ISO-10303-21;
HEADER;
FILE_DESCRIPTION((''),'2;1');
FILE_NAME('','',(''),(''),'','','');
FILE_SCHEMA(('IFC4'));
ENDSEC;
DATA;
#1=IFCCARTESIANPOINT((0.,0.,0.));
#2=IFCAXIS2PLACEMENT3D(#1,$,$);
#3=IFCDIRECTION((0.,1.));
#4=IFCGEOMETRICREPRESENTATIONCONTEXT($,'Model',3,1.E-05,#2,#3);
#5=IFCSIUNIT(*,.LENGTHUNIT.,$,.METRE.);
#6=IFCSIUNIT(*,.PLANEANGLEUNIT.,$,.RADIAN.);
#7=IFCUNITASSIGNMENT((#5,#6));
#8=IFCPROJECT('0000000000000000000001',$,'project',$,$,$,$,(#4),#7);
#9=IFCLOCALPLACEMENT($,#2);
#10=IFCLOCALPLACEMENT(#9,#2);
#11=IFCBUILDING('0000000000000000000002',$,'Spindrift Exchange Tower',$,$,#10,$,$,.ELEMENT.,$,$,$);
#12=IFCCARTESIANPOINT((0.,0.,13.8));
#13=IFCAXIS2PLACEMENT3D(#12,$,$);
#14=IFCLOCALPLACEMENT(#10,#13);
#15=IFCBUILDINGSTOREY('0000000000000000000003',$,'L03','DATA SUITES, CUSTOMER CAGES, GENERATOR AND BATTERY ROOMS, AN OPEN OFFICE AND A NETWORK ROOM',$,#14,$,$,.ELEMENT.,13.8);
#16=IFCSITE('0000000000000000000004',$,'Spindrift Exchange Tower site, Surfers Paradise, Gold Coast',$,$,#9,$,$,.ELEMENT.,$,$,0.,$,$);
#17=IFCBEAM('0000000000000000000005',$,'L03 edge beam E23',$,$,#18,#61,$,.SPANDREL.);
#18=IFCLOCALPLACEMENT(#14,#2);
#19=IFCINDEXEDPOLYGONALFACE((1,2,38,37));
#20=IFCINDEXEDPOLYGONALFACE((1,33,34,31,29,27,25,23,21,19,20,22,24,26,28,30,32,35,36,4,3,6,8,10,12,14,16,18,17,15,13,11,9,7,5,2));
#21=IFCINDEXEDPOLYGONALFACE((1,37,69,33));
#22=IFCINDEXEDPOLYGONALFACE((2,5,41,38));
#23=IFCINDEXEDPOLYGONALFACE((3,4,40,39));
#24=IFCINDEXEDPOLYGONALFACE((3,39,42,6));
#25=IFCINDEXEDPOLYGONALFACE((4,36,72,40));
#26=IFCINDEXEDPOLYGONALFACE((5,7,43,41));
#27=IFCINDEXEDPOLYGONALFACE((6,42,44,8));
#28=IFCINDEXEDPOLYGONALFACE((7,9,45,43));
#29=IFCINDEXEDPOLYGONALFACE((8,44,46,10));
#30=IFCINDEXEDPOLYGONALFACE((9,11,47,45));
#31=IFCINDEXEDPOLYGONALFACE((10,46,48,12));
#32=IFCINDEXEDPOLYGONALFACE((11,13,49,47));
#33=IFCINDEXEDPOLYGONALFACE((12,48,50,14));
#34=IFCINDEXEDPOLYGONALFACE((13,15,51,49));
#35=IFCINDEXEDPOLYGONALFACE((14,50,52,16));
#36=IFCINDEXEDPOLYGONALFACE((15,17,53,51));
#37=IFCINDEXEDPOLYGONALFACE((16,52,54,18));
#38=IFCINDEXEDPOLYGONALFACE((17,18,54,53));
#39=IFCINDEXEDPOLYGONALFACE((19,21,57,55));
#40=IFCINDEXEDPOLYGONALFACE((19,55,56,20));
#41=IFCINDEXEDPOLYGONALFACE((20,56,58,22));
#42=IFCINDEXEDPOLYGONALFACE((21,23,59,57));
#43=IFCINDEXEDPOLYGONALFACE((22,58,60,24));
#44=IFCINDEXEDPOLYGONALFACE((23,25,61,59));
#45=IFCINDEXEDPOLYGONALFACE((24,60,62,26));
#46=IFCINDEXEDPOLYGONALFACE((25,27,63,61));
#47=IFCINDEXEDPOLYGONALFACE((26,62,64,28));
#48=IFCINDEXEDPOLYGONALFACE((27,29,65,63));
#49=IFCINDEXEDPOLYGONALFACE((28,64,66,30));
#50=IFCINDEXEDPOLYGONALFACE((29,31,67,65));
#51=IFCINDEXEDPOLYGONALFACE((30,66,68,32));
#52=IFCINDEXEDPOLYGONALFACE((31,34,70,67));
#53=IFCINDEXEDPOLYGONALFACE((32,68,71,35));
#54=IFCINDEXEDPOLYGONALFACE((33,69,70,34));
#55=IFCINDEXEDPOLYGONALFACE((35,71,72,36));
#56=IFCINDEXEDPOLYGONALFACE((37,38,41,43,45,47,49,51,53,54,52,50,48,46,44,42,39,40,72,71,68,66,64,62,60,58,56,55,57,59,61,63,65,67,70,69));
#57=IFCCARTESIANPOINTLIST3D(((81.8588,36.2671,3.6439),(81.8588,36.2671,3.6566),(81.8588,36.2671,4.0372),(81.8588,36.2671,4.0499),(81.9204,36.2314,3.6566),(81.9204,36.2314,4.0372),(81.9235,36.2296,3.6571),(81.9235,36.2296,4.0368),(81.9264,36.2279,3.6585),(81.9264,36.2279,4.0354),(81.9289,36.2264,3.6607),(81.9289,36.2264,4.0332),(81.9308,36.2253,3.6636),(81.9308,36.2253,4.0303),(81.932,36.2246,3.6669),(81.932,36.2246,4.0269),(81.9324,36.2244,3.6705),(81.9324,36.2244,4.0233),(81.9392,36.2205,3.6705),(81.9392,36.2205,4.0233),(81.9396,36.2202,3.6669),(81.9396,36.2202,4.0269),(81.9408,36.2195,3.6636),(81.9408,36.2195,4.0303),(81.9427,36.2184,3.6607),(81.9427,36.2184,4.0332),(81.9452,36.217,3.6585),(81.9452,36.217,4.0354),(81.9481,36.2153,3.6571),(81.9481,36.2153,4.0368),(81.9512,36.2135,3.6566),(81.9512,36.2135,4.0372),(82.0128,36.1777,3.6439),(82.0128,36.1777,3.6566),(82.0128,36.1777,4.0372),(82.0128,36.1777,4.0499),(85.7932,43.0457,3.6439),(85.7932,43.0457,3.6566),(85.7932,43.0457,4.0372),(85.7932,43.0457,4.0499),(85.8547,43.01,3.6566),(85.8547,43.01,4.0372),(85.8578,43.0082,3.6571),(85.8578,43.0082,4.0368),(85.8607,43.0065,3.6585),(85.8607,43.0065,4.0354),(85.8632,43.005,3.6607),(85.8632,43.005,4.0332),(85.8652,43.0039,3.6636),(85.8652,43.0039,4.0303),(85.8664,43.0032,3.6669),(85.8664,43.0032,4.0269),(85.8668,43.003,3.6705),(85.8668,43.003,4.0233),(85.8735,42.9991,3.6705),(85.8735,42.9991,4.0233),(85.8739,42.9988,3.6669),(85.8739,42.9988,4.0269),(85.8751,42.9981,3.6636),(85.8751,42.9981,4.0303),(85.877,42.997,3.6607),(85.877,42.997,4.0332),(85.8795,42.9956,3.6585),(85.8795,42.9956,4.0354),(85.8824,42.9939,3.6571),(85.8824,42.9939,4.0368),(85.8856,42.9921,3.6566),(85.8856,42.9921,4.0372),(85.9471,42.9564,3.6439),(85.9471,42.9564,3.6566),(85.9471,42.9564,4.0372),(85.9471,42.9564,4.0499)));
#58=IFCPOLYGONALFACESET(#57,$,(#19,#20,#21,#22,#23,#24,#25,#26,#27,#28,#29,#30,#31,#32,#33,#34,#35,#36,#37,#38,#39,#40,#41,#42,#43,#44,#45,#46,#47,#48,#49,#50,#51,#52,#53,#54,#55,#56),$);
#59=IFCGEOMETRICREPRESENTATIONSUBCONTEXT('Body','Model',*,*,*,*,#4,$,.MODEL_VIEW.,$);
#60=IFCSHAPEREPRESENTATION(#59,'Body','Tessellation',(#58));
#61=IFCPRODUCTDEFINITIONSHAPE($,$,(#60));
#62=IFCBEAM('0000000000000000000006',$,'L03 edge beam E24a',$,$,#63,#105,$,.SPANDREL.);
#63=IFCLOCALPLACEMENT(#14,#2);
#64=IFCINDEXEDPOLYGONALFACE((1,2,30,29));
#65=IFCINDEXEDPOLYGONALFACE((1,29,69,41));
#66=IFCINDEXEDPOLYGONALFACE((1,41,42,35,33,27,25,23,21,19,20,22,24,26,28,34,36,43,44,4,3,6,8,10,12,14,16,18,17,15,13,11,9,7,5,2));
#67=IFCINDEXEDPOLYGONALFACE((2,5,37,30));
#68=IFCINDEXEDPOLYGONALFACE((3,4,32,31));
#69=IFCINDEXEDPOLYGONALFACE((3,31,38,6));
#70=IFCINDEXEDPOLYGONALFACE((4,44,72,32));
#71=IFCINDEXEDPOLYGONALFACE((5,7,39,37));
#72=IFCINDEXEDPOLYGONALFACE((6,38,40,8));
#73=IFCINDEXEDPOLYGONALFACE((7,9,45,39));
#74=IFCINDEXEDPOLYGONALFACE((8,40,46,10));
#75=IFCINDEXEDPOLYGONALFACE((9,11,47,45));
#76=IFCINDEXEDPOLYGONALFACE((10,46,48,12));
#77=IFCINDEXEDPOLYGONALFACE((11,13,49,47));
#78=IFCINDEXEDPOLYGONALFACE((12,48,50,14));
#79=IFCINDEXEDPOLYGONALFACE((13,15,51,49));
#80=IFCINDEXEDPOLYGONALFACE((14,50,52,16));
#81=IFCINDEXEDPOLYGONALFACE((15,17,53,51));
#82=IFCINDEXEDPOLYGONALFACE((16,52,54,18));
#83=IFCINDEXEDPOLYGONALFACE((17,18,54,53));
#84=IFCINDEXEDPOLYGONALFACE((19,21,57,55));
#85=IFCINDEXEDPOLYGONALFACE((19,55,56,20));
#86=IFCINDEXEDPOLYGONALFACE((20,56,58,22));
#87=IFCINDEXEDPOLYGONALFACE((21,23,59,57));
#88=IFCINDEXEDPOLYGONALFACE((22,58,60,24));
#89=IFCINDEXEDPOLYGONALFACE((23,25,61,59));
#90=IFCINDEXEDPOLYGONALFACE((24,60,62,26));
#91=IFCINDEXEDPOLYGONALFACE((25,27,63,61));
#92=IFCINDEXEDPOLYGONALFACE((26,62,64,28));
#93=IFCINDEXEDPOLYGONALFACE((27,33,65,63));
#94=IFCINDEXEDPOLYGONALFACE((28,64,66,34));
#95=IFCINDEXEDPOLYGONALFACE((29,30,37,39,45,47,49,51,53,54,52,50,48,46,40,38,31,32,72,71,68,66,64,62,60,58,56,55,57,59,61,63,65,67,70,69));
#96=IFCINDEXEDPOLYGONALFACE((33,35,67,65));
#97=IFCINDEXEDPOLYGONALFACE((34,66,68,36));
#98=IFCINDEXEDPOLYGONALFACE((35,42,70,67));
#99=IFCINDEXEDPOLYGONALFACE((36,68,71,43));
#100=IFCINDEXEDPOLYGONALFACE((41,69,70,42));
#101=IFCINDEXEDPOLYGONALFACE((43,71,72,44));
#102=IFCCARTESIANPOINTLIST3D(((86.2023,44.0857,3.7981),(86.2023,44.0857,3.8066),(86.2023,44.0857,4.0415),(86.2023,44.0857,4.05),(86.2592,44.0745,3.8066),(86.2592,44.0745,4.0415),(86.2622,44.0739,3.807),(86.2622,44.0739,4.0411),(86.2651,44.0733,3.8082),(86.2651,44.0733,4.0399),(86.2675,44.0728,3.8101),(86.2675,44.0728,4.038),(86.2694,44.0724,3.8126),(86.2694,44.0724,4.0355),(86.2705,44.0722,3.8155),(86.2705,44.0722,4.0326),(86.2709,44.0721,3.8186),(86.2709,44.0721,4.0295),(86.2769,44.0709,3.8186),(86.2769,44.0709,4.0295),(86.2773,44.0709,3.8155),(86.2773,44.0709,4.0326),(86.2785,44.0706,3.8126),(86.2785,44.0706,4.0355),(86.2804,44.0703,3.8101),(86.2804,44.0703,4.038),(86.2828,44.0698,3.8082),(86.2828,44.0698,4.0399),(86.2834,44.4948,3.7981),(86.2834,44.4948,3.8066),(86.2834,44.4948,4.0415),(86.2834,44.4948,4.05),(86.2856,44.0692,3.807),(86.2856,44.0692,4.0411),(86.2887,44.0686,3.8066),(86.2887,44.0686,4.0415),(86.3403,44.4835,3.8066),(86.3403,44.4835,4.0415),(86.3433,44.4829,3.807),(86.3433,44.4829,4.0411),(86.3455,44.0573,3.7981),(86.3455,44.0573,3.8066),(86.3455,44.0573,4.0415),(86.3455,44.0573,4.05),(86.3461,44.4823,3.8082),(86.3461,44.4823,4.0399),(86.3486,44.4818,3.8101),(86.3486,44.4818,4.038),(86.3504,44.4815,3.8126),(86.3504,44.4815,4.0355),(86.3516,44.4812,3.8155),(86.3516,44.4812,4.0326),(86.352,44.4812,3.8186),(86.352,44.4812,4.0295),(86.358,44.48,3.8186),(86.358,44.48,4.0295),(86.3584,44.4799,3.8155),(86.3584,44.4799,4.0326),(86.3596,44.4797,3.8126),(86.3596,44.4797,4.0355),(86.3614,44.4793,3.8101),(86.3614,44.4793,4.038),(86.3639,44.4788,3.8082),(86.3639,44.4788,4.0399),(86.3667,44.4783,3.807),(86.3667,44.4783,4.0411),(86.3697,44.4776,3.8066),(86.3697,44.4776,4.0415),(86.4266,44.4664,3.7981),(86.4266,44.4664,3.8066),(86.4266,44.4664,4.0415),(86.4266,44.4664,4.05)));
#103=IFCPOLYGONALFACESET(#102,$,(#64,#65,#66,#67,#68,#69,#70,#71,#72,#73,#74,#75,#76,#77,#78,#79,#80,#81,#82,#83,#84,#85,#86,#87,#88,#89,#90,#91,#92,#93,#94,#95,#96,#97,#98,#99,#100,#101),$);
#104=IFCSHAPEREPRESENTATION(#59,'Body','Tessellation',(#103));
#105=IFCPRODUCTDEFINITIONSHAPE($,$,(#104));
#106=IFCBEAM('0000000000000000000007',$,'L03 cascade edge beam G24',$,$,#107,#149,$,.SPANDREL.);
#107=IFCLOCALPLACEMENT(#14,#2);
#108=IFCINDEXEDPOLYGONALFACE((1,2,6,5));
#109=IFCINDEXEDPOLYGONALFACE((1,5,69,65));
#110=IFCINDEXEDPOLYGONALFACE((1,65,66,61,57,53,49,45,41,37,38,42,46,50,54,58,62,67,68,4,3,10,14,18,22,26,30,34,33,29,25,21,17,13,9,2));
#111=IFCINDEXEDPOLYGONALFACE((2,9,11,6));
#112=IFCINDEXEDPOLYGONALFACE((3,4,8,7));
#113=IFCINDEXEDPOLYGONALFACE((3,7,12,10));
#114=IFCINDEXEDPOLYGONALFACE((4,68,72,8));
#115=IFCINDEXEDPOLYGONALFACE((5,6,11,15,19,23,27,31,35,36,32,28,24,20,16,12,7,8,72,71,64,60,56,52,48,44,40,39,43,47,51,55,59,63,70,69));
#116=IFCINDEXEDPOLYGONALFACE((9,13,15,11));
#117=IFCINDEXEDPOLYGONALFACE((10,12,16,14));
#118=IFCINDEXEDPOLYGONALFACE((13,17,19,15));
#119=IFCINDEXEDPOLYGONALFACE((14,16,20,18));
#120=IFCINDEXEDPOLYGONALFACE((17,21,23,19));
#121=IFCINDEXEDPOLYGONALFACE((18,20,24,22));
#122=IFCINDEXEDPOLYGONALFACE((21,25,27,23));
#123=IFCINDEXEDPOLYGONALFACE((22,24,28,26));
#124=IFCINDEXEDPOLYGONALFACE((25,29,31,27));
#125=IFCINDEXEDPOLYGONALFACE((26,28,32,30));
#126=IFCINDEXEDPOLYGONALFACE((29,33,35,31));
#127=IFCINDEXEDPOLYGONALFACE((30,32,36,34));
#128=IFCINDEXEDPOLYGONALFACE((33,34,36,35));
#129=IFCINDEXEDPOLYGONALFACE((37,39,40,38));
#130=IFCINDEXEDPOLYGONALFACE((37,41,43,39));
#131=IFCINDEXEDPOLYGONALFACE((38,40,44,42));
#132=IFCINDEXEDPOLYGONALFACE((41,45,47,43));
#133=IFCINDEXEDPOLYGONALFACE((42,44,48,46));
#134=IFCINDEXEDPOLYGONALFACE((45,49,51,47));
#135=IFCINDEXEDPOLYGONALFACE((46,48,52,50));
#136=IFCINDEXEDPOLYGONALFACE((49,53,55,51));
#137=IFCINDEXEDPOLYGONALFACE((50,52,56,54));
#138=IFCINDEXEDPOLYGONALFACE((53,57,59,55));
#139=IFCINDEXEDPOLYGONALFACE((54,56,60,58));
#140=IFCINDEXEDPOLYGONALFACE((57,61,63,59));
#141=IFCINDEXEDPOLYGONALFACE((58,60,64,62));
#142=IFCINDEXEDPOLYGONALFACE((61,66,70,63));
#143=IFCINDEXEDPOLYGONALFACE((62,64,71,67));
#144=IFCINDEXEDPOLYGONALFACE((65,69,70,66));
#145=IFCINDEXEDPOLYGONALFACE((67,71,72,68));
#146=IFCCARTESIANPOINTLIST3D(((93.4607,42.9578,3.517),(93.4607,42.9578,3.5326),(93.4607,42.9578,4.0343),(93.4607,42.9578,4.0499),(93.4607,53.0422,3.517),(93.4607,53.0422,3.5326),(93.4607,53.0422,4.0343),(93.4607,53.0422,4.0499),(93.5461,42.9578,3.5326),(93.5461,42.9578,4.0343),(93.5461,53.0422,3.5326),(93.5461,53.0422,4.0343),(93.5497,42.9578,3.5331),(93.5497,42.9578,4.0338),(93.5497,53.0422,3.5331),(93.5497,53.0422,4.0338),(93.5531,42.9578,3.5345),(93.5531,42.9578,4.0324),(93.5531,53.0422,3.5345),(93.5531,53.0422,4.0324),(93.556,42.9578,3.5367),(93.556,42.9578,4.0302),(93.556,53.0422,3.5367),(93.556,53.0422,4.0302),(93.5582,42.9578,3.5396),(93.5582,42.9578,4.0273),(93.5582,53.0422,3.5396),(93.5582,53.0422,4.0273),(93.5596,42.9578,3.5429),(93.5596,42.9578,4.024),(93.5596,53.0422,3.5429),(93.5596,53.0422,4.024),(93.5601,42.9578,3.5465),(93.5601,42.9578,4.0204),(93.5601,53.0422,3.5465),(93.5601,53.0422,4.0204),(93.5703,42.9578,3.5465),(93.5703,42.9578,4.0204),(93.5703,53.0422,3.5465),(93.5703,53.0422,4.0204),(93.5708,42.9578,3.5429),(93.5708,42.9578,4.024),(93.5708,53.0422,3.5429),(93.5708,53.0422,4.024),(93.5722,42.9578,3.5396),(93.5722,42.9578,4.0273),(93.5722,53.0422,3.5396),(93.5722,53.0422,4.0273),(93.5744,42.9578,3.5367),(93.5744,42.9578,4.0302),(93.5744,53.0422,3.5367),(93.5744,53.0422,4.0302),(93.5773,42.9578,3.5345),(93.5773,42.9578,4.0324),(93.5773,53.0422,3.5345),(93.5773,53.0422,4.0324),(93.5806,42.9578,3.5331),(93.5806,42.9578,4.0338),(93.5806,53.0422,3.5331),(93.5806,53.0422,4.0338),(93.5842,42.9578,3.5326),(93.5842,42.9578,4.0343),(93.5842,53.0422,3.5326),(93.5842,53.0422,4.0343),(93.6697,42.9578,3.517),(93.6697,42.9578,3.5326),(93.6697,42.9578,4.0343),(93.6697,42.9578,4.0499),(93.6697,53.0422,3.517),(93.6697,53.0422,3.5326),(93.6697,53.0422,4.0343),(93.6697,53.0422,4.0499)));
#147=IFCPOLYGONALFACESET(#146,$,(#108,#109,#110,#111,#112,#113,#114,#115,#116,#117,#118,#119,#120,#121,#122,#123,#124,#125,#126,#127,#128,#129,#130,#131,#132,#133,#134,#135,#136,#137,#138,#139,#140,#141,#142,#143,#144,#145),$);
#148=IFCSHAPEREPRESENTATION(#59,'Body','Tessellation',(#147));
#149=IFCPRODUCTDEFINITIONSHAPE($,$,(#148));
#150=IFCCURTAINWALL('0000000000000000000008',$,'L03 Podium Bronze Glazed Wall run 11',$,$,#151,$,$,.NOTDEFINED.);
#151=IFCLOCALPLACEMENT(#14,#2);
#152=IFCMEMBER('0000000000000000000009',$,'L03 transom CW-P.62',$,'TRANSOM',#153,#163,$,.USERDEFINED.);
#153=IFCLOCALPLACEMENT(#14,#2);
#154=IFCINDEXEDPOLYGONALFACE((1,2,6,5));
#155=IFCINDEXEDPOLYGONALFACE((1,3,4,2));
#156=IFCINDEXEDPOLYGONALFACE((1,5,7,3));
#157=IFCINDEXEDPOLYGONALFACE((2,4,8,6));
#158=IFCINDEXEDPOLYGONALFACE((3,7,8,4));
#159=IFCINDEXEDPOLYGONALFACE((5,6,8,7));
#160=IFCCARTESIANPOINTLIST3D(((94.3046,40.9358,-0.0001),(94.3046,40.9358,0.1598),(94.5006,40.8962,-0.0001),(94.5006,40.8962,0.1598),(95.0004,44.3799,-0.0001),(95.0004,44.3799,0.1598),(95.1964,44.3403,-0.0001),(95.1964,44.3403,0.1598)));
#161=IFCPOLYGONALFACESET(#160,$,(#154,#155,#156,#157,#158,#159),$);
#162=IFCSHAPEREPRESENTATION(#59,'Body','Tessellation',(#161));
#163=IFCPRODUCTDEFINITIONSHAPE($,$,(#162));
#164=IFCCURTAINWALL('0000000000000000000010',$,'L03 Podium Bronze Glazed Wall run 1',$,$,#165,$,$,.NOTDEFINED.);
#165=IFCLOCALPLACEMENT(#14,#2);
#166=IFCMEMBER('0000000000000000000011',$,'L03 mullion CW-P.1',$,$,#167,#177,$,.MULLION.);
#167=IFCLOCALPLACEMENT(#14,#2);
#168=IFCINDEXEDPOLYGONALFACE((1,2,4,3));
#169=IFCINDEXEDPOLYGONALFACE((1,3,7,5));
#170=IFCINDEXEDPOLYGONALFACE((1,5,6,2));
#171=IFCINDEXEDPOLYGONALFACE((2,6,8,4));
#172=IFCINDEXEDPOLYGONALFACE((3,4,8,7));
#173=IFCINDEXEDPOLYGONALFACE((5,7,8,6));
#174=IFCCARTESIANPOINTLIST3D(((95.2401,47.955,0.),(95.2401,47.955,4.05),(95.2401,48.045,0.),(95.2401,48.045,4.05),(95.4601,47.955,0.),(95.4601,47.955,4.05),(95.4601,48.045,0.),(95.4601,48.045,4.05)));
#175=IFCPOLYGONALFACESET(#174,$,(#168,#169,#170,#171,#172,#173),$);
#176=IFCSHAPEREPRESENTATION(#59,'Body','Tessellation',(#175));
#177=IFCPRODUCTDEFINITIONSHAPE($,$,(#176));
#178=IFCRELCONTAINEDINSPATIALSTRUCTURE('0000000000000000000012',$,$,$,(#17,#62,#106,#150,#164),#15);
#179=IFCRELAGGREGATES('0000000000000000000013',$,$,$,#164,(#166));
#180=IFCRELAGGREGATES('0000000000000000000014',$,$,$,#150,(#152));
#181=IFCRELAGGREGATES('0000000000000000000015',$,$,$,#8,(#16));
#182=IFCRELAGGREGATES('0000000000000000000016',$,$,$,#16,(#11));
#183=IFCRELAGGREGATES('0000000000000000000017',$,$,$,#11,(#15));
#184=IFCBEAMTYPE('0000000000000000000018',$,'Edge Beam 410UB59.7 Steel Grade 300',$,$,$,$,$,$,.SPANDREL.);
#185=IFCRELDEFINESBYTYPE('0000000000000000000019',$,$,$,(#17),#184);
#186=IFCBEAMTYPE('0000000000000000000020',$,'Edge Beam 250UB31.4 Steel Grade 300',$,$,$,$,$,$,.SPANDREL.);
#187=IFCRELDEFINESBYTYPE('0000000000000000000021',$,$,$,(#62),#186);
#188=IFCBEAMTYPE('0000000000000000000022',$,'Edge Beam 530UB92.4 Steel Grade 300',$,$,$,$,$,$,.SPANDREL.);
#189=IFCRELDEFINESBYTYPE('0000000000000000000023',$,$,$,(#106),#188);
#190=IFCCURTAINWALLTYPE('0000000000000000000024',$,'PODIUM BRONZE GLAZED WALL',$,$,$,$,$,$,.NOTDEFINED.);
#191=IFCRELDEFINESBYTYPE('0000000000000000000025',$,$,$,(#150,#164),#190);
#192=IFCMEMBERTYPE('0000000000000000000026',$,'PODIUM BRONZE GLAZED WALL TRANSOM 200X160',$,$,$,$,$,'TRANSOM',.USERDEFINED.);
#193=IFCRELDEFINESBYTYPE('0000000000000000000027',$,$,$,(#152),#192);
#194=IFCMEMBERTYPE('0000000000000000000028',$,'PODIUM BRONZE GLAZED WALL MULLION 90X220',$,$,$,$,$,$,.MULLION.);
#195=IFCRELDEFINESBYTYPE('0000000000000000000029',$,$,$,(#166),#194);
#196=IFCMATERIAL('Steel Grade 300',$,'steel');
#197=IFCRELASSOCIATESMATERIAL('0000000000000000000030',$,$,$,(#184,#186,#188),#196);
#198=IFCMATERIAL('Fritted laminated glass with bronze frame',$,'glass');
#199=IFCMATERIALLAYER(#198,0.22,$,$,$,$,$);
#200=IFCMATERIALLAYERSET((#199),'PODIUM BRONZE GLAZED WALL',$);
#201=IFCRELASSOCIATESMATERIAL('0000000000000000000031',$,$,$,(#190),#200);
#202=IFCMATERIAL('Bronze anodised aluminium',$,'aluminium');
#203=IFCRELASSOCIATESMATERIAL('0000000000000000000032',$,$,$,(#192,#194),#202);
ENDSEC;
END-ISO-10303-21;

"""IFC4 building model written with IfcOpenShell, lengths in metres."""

from ifc_helpers import new_model, si_unit, direction, frame, origin, origin_2d, place, context, subcontext, project, spatial, rectangle, i_section, extrude, source, transform, mapped, material, layer, layer_set, material_profile, profile_set, type_object, element, aggregate, save


model = new_model("IFC4")

# Units and contexts
model_context = context("Model", 3, precision=1e-05, world=origin(), true_north=direction((0.0, 1.0)))
body_context = subcontext(model_context, "Body", "Model", "MODEL_VIEW")
ifc_project = project(units=[si_unit("LENGTHUNIT", "METRE"), si_unit("PLANEANGLEUNIT", "RADIAN")], contexts=[model_context])

# Site, building, storey
site_placement = place(None, origin())
site = spatial("IfcSite", under=ifc_project, at=site_placement, Name="Spindrift Exchange Tower site, Surfers Paradise, Gold Coast", CompositionType="ELEMENT", RefElevation=0.0)
building_placement = place(site_placement, origin())
building = spatial("IfcBuilding", under=site, at=building_placement, Name="Spindrift Exchange Tower", CompositionType="ELEMENT")
storey_placement = place(building_placement, frame((0.0, 0.0, 13.8)))
storey = spatial("IfcBuildingStorey", under=building, at=storey_placement, Name="L03", Description="DATA SUITES, CUSTOMER CAGES, GENERATOR AND BATTERY ROOMS, AN OPEN OFFICE AND A NETWORK ROOM", CompositionType="ELEMENT", Elevation=13.8)

# Beams
ifc_material_1 = material(Name="Steel Grade 300", Category="steel")
ifc_material_profile_1 = material_profile(ifc_material_1, i_section(OverallWidth=0.178, OverallDepth=0.406, WebThickness=0.0078, FlangeThickness=0.0127, FilletRadius=0.0139, at=origin_2d()), Name="410UB59.7")
ifc_profile_set_1 = profile_set([ifc_material_profile_1], Name="Steel Grade 300")
beam_type_1 = type_object("IfcBeamType", Name="Edge Beam 410UB59.7 Steel Grade 300", PredefinedType="SPANDREL", material=ifc_profile_set_1)
shared_shape_1 = source(origin(), body_context, "Body", "SweptSolid", [
    extrude(i_section(OverallWidth=0.178, OverallDepth=0.406, WebThickness=0.0078, FlangeThickness=0.0127, FilletRadius=0.0139, at=origin_2d()), origin(), (0.0, 0.0, 1.0), 7.8376),
])
beam_1_placement = place(storey_placement, frame((81.9358, 36.2224, 3.8469), z_axis=(0.501981, 0.864878, 0.0), x_axis=(-0.864878, 0.501981, 0.0)))
element("IfcBeam", 1, at=beam_1_placement, inside=storey, type_object=beam_type_1, Name="L03 edge beam E23", PredefinedType="SPANDREL", context=body_context, shape_type="MappedRepresentation", body=[
    mapped(shared_shape_1, transform((0.0, 0.0, 0.0), scale=1.0)),
])
ifc_material_profile_2 = material_profile(ifc_material_1, i_section(OverallWidth=0.146, OverallDepth=0.252, WebThickness=0.0061, FlangeThickness=0.0085, FilletRadius=0.012, at=origin_2d()), Name="250UB31.4")
ifc_profile_set_2 = profile_set([ifc_material_profile_2], Name="Steel Grade 300")
beam_type_2 = type_object("IfcBeamType", Name="Edge Beam 250UB31.4 Steel Grade 300", PredefinedType="SPANDREL", material=ifc_profile_set_2)
shared_shape_2 = source(origin(), body_context, "Body", "SweptSolid", [
    extrude(i_section(OverallWidth=0.146, OverallDepth=0.252, WebThickness=0.0061, FlangeThickness=0.0085, FilletRadius=0.012, at=origin_2d()), origin(), (0.0, 0.0, 1.0), 0.417),
])
beam_2_placement = place(storey_placement, frame((86.2739, 44.0715, 3.9241), z_axis=(0.194427, 0.980917, 0.0), x_axis=(-0.980917, 0.194427, 0.0)))
element("IfcBeam", 2, at=beam_2_placement, inside=storey, type_object=beam_type_2, Name="L03 edge beam E24a", PredefinedType="SPANDREL", context=body_context, shape_type="MappedRepresentation", body=[
    mapped(shared_shape_2, transform((0.0, 0.0, 0.0), scale=1.0)),
])
ifc_material_profile_3 = material_profile(ifc_material_1, i_section(OverallWidth=0.209, OverallDepth=0.533, WebThickness=0.0103, FlangeThickness=0.0156, FilletRadius=0.0139, at=origin_2d()), Name="530UB92.4")
ifc_profile_set_3 = profile_set([ifc_material_profile_3], Name="Steel Grade 300")
beam_type_3 = type_object("IfcBeamType", Name="Edge Beam 530UB92.4 Steel Grade 300", PredefinedType="SPANDREL", material=ifc_profile_set_3)
shared_shape_3 = source(origin(), body_context, "Body", "SweptSolid", [
    extrude(i_section(OverallWidth=0.209, OverallDepth=0.533, WebThickness=0.0103, FlangeThickness=0.0156, FilletRadius=0.0139, at=origin_2d()), origin(), (0.0, 0.0, 1.0), 10.0845),
])
beam_3_placement = place(storey_placement, frame((93.5652, 42.9578, 3.7834), z_axis=(0.0, 1.0, 0.0), x_axis=(-1.0, 0.0, 0.0)))
element("IfcBeam", 3, at=beam_3_placement, inside=storey, type_object=beam_type_3, Name="L03 cascade edge beam G24", PredefinedType="SPANDREL", context=body_context, shape_type="MappedRepresentation", body=[
    mapped(shared_shape_3, transform((0.0, 0.0, 0.0), scale=1.0)),
])

# Curtain walls, members
ifc_material_2 = material(Name="Fritted laminated glass with bronze frame", Category="glass")
ifc_layer_1 = layer(ifc_material_2, 0.22)
ifc_layer_set_1 = layer_set([ifc_layer_1], Name="PODIUM BRONZE GLAZED WALL")
curtain_wall_type = type_object("IfcCurtainWallType", Name="PODIUM BRONZE GLAZED WALL", PredefinedType="NOTDEFINED", material=ifc_layer_set_1)
curtain_wall_1_placement = place(storey_placement, origin())
curtain_wall_1 = element("IfcCurtainWall", 4, at=curtain_wall_1_placement, inside=storey, type_object=curtain_wall_type, Name="L03 Podium Bronze Glazed Wall run 11", PredefinedType="NOTDEFINED")
ifc_material_3 = material(Name="Bronze anodised aluminium", Category="aluminium")
ifc_material_profile_4 = material_profile(ifc_material_3, rectangle(XDim=0.2, YDim=0.1599, at=origin_2d()), Name="PODIUM BRONZE GLAZED WALL TRANSOM 200X160")
ifc_profile_set_4 = profile_set([ifc_material_profile_4], Name="Bronze anodised aluminium")
member_type_1 = type_object("IfcMemberType", Name="PODIUM BRONZE GLAZED WALL TRANSOM 200X160", ElementType="TRANSOM", PredefinedType="USERDEFINED", material=ifc_profile_set_4)
shared_shape_4 = source(origin(), body_context, "Body", "SweptSolid", [
    extrude(rectangle(XDim=0.2, YDim=0.1599, at=origin_2d()), origin(), (0.0, 0.0, 1.0), 3.5137),
])
member_1_placement = place(storey_placement, frame((94.4026, 40.916, 0.0798), z_axis=(0.198027, 0.980197, 0.0), x_axis=(-0.980197, 0.198027, 0.0)))
member_1 = element("IfcMember", 5, at=member_1_placement, type_object=member_type_1, Name="L03 transom CW-P.62", ObjectType="TRANSOM", PredefinedType="USERDEFINED", context=body_context, shape_type="MappedRepresentation", body=[
    mapped(shared_shape_4, transform((0.0, 0.0, 0.0), scale=1.0)),
])
curtain_wall_2_placement = place(storey_placement, origin())
curtain_wall_2 = element("IfcCurtainWall", 6, at=curtain_wall_2_placement, inside=storey, type_object=curtain_wall_type, Name="L03 Podium Bronze Glazed Wall run 1", PredefinedType="NOTDEFINED")
ifc_material_profile_5 = material_profile(ifc_material_3, rectangle(XDim=0.0901, YDim=0.22, at=origin_2d()), Name="PODIUM BRONZE GLAZED WALL MULLION 90X220")
ifc_profile_set_5 = profile_set([ifc_material_profile_5], Name="Bronze anodised aluminium")
member_type_2 = type_object("IfcMemberType", Name="PODIUM BRONZE GLAZED WALL MULLION 90X220", PredefinedType="MULLION", material=ifc_profile_set_5)
shared_shape_5 = source(origin(), body_context, "Body", "SweptSolid", [
    extrude(rectangle(XDim=0.0901, YDim=0.22, at=origin_2d()), origin(), (0.0, 0.0, 1.0), 4.05),
])
member_2_placement = place(storey_placement, frame((95.3501, 48.0, 0.0), z_axis=(0.0, 0.0, 1.0), x_axis=(0.0, 1.0, 0.0)))
member_2 = element("IfcMember", 7, at=member_2_placement, type_object=member_type_2, Name="L03 mullion CW-P.1", PredefinedType="MULLION", context=body_context, shape_type="MappedRepresentation", body=[
    mapped(shared_shape_5, transform((0.0, 0.0, 0.0), scale=1.0)),
])
aggregate(curtain_wall_2, [member_2])

aggregate(curtain_wall_1, [member_1])

save(model, "model.ifc")
